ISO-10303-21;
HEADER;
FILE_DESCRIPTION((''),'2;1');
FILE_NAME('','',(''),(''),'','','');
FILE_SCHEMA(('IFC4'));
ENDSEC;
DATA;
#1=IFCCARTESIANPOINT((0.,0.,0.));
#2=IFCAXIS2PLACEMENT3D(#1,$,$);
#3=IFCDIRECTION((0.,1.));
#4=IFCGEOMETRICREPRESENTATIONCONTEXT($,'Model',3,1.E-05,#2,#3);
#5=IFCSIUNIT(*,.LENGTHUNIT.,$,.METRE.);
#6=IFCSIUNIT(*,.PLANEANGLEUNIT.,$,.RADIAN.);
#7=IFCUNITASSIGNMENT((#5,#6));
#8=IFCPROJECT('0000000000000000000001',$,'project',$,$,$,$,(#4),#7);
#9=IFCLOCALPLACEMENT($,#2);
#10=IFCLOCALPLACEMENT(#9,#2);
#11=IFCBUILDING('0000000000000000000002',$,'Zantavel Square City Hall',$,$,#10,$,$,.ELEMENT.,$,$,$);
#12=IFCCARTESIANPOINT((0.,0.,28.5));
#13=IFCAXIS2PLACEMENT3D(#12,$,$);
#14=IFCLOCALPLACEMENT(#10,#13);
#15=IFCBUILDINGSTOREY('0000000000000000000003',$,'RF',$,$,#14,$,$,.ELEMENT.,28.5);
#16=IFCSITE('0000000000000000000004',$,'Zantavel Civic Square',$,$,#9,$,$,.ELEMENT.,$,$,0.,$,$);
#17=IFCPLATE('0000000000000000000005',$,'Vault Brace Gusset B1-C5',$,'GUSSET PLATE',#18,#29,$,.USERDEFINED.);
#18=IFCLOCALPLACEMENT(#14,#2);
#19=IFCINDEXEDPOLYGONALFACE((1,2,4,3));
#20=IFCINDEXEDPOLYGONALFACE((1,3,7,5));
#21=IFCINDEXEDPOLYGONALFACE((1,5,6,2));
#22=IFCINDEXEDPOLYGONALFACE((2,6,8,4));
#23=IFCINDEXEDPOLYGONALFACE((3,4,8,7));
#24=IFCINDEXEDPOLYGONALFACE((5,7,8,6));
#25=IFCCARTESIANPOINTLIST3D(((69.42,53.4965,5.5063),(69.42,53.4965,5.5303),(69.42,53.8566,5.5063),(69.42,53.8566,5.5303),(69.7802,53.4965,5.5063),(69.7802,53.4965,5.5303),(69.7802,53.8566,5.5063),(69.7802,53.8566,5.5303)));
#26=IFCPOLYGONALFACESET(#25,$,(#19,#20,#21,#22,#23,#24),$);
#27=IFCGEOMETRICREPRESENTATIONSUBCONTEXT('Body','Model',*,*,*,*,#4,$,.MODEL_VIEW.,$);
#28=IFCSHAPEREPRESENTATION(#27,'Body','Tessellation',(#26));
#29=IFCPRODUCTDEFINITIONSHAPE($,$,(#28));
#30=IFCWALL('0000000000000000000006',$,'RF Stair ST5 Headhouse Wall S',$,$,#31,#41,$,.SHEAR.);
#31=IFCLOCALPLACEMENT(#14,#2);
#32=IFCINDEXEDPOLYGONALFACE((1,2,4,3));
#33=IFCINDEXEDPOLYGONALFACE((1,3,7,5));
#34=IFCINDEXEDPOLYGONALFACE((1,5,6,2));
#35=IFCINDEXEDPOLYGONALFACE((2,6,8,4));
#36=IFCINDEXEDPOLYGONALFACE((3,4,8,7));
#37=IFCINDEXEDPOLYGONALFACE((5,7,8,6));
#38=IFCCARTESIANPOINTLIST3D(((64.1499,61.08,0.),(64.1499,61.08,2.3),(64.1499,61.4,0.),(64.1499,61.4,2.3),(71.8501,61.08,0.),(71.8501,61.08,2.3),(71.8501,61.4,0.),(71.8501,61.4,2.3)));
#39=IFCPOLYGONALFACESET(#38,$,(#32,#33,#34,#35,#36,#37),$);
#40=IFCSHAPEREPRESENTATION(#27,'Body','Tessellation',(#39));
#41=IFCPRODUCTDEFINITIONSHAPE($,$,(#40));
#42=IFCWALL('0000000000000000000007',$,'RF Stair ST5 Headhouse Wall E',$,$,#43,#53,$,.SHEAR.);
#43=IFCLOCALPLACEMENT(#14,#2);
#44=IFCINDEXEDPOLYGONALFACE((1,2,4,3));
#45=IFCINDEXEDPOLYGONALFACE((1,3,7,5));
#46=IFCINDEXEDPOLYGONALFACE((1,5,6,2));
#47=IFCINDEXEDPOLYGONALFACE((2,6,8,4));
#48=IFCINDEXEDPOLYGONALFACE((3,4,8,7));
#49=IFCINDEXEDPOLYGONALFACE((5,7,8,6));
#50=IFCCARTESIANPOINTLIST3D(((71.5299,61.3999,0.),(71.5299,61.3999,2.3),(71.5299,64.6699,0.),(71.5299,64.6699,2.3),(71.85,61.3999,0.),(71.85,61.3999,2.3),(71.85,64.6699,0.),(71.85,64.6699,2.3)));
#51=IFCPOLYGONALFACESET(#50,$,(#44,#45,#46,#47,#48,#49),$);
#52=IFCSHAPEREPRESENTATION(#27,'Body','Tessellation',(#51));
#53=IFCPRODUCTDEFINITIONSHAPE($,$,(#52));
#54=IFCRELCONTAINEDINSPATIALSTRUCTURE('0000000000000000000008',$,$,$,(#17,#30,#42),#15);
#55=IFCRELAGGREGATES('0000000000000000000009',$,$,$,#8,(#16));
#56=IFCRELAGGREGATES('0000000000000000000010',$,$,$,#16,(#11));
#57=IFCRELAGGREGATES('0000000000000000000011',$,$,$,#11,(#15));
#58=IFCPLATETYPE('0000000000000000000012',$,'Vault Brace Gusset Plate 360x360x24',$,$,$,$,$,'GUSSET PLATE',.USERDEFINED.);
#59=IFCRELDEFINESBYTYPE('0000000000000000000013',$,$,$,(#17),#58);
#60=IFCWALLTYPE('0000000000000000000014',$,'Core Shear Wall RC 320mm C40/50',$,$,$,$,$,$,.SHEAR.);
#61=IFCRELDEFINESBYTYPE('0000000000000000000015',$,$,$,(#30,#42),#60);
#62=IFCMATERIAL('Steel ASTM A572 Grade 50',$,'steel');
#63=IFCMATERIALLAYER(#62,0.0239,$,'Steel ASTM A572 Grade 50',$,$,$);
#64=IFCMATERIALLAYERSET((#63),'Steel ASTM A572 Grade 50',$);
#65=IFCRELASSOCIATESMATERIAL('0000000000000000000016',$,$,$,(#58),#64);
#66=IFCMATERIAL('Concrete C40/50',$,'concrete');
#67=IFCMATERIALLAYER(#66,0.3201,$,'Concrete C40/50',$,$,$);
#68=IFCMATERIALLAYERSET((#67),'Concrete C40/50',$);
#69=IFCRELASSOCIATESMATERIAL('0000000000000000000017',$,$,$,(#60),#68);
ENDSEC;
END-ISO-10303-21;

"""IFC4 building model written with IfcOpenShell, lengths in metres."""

from ifc_helpers import new_model, si_unit, direction, frame, frame_2d, origin, origin_2d, place, context, subcontext, project, spatial, rectangle, extrude, material, layer, layer_set, type_object, element, save


model = new_model("IFC4")

# Units and contexts
model_context = context("Model", 3, precision=1e-05, world=origin(), true_north=direction((0.0, 1.0)))
body_context = subcontext(model_context, "Body", "Model", "MODEL_VIEW")
ifc_project = project(units=[si_unit("LENGTHUNIT", "METRE"), si_unit("PLANEANGLEUNIT", "RADIAN")], contexts=[model_context])

# Site, building, storey
site_placement = place(None, origin())
site = spatial("IfcSite", under=ifc_project, at=site_placement, Name="Zantavel Civic Square", CompositionType="ELEMENT", RefElevation=0.0)
building_placement = place(site_placement, origin())
building = spatial("IfcBuilding", under=site, at=building_placement, Name="Zantavel Square City Hall", CompositionType="ELEMENT")
storey_placement = place(building_placement, frame((0.0, 0.0, 28.5)))
storey = spatial("IfcBuildingStorey", under=building, at=storey_placement, Name="RF", CompositionType="ELEMENT", Elevation=28.5)

# Plate
ifc_material_1 = material(Name="Steel ASTM A572 Grade 50", Category="steel")
ifc_layer_1 = layer(ifc_material_1, 0.0239, Name="Steel ASTM A572 Grade 50")
ifc_layer_set_1 = layer_set([ifc_layer_1], Name="Steel ASTM A572 Grade 50")
plate_type_1 = type_object("IfcPlateType", Name="Vault Brace Gusset Plate 360x360x24", ElementType="GUSSET PLATE", PredefinedType="USERDEFINED", material=ifc_layer_set_1)
for number, where, z_axis, x_axis, name in (
    (1, (69.6001, 53.6765, 5.5063), (0.0, 0.0, 1.0), (1.0, 0.0, 0.0), "Vault Brace Gusset B1-C5"),
):
    element("IfcPlate", number, at=place(storey_placement, frame(where, z_axis=z_axis, x_axis=x_axis)), inside=storey, type_object=plate_type_1, Name=name, ObjectType="GUSSET PLATE", PredefinedType="USERDEFINED", context=body_context, shape_type="SweptSolid", body=[
        extrude(rectangle(XDim=0.3601, YDim=0.3601, at=origin_2d()), origin(), (0.0, 0.0, 1.0), 0.0239),
    ])

# Walls
ifc_material_2 = material(Name="Concrete C40/50", Category="concrete")
ifc_layer_2 = layer(ifc_material_2, 0.3201, Name="Concrete C40/50")
ifc_layer_set_2 = layer_set([ifc_layer_2], Name="Concrete C40/50")
wall_type = type_object("IfcWallType", Name="Core Shear Wall RC 320mm C40/50", PredefinedType="SHEAR", material=ifc_layer_set_2)
wall_1_placement = place(storey_placement, frame((71.8501, 61.24, 0.0), z_axis=(0.0, 0.0, 1.0), x_axis=(-1.0, 0.0, 0.0)))
element("IfcWall", 2, at=wall_1_placement, inside=storey, type_object=wall_type, Name="RF Stair ST5 Headhouse Wall S", PredefinedType="SHEAR", context=body_context, shape_type="SweptSolid", body=[
    extrude(rectangle(XDim=7.7002, YDim=0.3201, at=frame_2d((3.8501, 0.0))), origin(), (0.0, 0.0, 1.0), 2.3),
])
wall_2_placement = place(storey_placement, frame((71.6899, 64.6699, 0.0), z_axis=(0.0, 0.0, 1.0), x_axis=(0.0, -1.0, 0.0)))
element("IfcWall", 3, at=wall_2_placement, inside=storey, type_object=wall_type, Name="RF Stair ST5 Headhouse Wall E", PredefinedType="SHEAR", context=body_context, shape_type="SweptSolid", body=[
    extrude(rectangle(XDim=3.27, YDim=0.3201, at=frame_2d((1.635, 0.0))), origin(), (0.0, 0.0, 1.0), 2.3),
])

save(model, "model.ifc")
